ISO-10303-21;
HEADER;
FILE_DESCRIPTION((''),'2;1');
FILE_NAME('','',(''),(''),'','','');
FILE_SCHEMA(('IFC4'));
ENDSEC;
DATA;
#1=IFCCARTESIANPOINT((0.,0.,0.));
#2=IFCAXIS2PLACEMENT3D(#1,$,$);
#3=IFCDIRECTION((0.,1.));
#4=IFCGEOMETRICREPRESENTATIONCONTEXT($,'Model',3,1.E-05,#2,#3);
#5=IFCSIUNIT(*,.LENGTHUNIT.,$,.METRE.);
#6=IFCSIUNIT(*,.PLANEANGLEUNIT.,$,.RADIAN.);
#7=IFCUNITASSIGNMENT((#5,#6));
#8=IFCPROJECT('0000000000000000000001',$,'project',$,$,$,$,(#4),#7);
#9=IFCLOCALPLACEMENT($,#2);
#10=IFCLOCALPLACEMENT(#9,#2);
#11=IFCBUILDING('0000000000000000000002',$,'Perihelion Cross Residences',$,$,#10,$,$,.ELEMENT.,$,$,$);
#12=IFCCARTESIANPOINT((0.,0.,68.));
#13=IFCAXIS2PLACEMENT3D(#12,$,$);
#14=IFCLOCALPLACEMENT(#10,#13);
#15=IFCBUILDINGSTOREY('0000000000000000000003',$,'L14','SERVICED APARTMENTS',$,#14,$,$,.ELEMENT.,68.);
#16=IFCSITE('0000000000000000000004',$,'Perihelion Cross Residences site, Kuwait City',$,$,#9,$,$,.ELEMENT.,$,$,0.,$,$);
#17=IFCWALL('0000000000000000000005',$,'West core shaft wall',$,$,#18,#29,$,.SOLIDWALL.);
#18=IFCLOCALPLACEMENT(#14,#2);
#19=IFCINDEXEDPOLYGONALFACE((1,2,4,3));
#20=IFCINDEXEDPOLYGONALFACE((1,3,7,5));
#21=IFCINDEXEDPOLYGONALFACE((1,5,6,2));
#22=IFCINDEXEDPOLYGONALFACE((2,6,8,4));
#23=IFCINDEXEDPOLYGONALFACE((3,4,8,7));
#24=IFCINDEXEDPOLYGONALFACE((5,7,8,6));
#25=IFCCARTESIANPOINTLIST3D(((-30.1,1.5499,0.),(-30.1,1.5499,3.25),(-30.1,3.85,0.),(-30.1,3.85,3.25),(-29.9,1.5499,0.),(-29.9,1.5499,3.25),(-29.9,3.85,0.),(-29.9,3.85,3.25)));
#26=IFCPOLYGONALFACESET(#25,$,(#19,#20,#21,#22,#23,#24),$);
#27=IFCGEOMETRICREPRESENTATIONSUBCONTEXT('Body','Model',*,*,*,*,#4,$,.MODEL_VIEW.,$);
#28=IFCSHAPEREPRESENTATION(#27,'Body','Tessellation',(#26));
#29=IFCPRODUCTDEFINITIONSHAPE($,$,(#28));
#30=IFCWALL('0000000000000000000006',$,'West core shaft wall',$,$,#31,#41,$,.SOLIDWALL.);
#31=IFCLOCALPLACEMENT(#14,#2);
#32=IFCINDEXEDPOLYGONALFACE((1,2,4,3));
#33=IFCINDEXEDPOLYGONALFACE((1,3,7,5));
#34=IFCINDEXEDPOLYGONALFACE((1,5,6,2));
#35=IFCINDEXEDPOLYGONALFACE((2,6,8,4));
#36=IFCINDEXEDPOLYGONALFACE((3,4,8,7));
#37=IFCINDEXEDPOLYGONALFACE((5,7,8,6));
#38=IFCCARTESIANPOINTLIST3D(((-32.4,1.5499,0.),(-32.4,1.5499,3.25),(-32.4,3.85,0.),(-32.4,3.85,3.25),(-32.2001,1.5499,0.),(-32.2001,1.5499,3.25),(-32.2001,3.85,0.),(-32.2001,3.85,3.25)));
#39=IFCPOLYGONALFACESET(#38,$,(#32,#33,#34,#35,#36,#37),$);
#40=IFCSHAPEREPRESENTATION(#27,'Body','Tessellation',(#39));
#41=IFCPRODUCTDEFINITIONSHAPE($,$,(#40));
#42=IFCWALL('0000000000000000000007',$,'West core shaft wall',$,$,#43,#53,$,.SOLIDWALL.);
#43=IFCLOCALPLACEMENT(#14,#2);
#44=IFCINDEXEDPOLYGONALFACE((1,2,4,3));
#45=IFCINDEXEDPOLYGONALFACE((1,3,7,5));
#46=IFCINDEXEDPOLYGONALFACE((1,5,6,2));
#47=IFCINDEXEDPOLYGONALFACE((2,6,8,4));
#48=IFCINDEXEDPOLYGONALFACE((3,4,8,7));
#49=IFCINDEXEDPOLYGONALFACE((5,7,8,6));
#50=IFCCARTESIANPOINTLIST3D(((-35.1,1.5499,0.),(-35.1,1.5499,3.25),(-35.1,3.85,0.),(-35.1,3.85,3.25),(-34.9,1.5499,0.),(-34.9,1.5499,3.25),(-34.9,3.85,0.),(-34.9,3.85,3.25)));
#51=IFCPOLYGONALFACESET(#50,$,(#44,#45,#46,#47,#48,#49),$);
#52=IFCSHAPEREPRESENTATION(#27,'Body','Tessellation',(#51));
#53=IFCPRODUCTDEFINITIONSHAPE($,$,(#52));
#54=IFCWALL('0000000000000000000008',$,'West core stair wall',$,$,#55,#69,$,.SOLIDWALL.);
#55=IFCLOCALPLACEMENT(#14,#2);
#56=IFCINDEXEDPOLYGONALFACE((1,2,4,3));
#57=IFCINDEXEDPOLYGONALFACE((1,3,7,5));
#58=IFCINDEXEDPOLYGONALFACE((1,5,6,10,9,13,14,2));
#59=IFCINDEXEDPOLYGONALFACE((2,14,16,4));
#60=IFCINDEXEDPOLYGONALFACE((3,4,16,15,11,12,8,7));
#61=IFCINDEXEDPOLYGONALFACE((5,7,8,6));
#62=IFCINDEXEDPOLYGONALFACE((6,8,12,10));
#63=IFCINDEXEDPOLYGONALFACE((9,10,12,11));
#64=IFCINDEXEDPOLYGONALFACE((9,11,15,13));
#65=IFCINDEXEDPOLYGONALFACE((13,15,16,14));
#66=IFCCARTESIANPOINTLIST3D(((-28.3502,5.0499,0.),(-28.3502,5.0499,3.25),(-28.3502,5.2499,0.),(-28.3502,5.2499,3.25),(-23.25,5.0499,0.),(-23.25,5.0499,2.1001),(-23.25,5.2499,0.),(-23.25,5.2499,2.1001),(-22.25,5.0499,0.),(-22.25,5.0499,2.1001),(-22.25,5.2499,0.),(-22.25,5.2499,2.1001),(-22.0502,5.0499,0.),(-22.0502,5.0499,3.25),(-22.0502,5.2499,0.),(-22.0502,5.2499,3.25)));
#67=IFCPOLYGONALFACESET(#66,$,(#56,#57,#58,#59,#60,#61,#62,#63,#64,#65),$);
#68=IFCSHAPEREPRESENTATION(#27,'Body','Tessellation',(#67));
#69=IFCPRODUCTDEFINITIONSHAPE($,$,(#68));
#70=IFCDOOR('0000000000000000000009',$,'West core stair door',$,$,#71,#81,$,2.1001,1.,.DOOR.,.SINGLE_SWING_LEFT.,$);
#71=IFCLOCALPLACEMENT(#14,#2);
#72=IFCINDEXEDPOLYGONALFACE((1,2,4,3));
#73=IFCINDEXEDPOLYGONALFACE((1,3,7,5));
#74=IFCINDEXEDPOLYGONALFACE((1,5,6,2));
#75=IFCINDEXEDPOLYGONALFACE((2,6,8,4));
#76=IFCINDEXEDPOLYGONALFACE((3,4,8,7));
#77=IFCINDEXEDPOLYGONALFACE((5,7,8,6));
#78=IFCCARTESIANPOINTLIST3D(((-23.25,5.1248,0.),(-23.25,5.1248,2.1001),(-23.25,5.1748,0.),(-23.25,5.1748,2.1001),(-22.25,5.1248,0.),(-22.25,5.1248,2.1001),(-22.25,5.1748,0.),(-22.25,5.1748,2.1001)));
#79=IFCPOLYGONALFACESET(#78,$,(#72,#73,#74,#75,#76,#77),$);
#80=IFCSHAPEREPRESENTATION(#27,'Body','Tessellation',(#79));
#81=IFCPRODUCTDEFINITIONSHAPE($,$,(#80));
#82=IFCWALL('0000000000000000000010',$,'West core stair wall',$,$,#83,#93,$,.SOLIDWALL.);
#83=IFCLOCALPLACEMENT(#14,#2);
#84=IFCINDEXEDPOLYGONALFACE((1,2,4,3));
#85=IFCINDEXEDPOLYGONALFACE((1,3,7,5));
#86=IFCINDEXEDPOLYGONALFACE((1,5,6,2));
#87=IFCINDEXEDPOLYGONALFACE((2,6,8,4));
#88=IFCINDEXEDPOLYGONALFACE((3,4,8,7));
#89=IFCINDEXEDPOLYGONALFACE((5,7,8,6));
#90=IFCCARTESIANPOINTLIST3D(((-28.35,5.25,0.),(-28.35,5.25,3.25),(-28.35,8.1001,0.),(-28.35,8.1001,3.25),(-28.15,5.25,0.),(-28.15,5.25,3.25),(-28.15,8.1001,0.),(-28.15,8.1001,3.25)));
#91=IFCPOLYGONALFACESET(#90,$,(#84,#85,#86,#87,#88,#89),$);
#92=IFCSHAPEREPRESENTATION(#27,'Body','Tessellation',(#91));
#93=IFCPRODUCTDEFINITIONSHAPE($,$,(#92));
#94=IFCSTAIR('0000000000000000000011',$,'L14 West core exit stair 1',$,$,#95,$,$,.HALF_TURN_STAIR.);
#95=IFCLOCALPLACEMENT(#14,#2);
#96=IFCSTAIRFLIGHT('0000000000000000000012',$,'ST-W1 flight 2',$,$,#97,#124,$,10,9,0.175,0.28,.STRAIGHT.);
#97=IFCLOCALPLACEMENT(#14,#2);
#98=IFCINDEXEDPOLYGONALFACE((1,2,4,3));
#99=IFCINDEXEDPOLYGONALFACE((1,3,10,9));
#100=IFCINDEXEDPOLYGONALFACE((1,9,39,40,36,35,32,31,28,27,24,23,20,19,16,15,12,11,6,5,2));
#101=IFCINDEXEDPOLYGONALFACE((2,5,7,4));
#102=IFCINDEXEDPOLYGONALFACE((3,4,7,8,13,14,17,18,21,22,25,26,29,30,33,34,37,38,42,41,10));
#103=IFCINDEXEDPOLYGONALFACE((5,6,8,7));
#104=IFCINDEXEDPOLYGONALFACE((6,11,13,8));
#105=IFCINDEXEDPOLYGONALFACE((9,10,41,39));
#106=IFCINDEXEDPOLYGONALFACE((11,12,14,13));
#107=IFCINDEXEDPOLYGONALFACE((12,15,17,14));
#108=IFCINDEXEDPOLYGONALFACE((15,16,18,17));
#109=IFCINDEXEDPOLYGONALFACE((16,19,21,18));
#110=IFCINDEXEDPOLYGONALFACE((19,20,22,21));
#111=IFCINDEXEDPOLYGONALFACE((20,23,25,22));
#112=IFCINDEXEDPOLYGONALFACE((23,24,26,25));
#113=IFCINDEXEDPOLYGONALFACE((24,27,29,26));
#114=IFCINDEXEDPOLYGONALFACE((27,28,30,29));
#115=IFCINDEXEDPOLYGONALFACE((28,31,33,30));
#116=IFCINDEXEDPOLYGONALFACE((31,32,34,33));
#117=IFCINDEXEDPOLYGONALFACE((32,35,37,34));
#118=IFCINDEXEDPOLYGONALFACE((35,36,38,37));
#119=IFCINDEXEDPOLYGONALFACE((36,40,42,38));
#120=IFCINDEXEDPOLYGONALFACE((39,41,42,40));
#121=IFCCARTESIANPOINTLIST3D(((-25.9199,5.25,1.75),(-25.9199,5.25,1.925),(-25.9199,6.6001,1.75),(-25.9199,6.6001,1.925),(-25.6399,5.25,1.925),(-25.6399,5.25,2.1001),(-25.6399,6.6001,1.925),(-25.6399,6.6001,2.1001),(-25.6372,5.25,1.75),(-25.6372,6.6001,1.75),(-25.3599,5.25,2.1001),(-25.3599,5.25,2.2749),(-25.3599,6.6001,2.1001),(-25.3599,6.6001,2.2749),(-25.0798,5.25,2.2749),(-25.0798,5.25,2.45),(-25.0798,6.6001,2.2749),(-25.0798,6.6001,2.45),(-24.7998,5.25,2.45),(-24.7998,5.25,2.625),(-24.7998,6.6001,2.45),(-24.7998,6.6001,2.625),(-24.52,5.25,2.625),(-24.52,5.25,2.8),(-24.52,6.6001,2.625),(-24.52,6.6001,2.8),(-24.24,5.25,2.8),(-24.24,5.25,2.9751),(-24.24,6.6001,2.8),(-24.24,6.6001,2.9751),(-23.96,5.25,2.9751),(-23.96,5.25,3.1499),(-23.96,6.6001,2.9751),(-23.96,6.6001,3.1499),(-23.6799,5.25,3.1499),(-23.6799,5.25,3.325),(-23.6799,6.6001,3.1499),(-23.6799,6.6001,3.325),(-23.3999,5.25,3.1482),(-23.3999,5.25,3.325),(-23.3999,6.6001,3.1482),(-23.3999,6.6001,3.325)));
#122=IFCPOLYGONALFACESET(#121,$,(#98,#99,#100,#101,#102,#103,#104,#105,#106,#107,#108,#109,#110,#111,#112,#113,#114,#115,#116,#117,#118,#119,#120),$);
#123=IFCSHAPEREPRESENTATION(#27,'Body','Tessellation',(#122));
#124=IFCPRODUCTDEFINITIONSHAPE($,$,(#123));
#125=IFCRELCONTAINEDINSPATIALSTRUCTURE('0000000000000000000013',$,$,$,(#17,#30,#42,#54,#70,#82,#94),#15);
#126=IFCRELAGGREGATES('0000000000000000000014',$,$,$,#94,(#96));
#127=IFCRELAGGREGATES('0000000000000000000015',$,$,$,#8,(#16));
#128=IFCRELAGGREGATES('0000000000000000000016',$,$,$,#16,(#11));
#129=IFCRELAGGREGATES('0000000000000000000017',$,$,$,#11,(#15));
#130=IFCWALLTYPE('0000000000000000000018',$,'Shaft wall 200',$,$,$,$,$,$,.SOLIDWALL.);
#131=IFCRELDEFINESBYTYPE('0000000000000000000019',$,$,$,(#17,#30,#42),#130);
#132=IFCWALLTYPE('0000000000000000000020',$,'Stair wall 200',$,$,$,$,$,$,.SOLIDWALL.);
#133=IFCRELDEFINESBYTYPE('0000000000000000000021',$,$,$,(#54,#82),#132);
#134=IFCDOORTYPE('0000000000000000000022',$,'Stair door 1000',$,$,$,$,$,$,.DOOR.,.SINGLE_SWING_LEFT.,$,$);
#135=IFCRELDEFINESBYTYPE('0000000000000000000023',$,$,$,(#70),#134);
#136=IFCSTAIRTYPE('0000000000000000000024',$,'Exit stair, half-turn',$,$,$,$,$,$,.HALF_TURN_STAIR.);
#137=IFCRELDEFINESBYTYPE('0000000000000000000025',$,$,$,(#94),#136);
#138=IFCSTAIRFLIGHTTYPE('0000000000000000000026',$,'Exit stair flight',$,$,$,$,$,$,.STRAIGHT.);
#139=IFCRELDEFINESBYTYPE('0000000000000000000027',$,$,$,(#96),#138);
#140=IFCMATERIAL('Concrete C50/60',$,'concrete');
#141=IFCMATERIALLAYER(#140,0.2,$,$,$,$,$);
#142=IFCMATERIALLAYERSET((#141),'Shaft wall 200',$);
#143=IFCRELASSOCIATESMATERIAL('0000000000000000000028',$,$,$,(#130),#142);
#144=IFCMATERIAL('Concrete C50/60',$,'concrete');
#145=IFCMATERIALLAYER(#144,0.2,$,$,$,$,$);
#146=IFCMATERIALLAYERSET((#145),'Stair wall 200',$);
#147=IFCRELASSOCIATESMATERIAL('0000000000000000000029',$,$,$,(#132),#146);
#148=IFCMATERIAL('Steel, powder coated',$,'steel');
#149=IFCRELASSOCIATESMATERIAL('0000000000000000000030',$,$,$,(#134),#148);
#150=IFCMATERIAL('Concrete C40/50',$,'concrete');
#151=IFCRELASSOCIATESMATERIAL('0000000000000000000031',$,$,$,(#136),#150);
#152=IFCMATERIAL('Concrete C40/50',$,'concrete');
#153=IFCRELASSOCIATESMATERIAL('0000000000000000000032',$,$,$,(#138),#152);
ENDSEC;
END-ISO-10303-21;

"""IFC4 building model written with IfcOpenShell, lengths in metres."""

from ifc_helpers import new_model, si_unit, direction, frame, frame_2d, origin, place, context, subcontext, project, spatial, polyline, rectangle, outline, extrude, material, layer, layer_set, type_object, element, fill, aggregate, save


model = new_model("IFC4")

# Units and contexts
model_context = context("Model", 3, precision=1e-05, world=origin(), true_north=direction((0.0, 1.0)))
body_context = subcontext(model_context, "Body", "Model", "MODEL_VIEW")
ifc_project = project(units=[si_unit("LENGTHUNIT", "METRE"), si_unit("PLANEANGLEUNIT", "RADIAN")], contexts=[model_context])

# Site, building, storey
site_placement = place(None, origin())
site = spatial("IfcSite", under=ifc_project, at=site_placement, Name="Perihelion Cross Residences site, Kuwait City", CompositionType="ELEMENT", RefElevation=0.0)
building_placement = place(site_placement, origin())
building = spatial("IfcBuilding", under=site, at=building_placement, Name="Perihelion Cross Residences", CompositionType="ELEMENT")
storey_placement = place(building_placement, frame((0.0, 0.0, 68.0)))
storey = spatial("IfcBuildingStorey", under=building, at=storey_placement, Name="L14", Description="SERVICED APARTMENTS", CompositionType="ELEMENT", Elevation=68.0)

# Shared definitions
ifc_material_1 = material(Name="Concrete C50/60", Category="concrete")
ifc_layer_1 = layer(ifc_material_1, 0.2)
ifc_layer_set_1 = layer_set([ifc_layer_1], Name="Shaft wall 200")
wall_type_1 = type_object("IfcWallType", Name="Shaft wall 200", PredefinedType="SOLIDWALL", material=ifc_layer_set_1)

# Walls
for number, where, z_axis, x_axis, name in (
    (1, (-30.0, 1.55, 0.0), (0.0, 0.0, 1.0), (0.0, 1.0, 0.0), "West core shaft wall"),
    (2, (-32.3, 1.55, 0.0), (0.0, 0.0, 1.0), (0.0, 1.0, 0.0), "West core shaft wall"),
    (3, (-35.0, 1.55, 0.0), (0.0, 0.0, 1.0), (0.0, 1.0, 0.0), "West core shaft wall"),
):
    element("IfcWall", number, at=place(storey_placement, frame(where, z_axis=z_axis, x_axis=x_axis)), inside=storey, type_object=wall_type_1, Name=name, PredefinedType="SOLIDWALL", context=body_context, shape_type="SweptSolid", body=[
        extrude(rectangle(XDim=2.3, YDim=0.2, at=frame_2d((1.1499, 0.0))), origin(), (0.0, 0.0, 1.0), 3.25),
    ])

# Wall, opening, door
ifc_material_2 = material(Name="Concrete C50/60", Category="concrete")
ifc_layer_2 = layer(ifc_material_2, 0.2)
ifc_layer_set_2 = layer_set([ifc_layer_2], Name="Stair wall 200")
wall_type_2 = type_object("IfcWallType", Name="Stair wall 200", PredefinedType="SOLIDWALL", material=ifc_layer_set_2)
wall_1_placement = place(storey_placement, frame((-28.3501, 5.1499, 0.0), z_axis=(0.0, 0.0, 1.0), x_axis=(1.0, 0.0, 0.0)))
wall_1 = element("IfcWall", 4, at=wall_1_placement, inside=storey, type_object=wall_type_2, Name="West core stair wall", PredefinedType="SOLIDWALL", context=body_context, shape_type="SweptSolid", body=[
    extrude(rectangle(XDim=6.3, YDim=0.2, at=frame_2d((3.1499, 0.0))), origin(), (0.0, 0.0, 1.0), 3.25),
])
opening_1_placement = place(wall_1_placement, frame((5.1001, 0.0, 0.0)))
opening_1 = element("IfcOpeningElement", 5, at=opening_1_placement, cuts=wall_1, PredefinedType="OPENING", context=body_context, shape_type="SweptSolid", body=[
    extrude(rectangle(XDim=1.0, YDim=2.1001, at=frame_2d((0.5, 1.05))), frame((0.0, 0.1099, 0.0), z_axis=(0.0, -1.0, 0.0), x_axis=(1.0, 0.0, 0.0)), (0.0, 0.0, 1.0), 0.22),
])
ifc_material_3 = material(Name="Steel, powder coated", Category="steel")
door_type_1 = type_object("IfcDoorType", Name="Stair door 1000", OperationType="SINGLE_SWING_LEFT", PredefinedType="DOOR", material=ifc_material_3)
door_1_placement = place(opening_1_placement, origin())
door_1 = element("IfcDoor", 6, at=door_1_placement, inside=storey, type_object=door_type_1, Name="West core stair door", OperationType="SINGLE_SWING_LEFT", OverallHeight=2.1001, OverallWidth=1.0, PredefinedType="DOOR", context=body_context, shape_type="SweptSolid", body=[
    extrude(rectangle(XDim=1.0, YDim=2.1001, at=frame_2d((0.5, 1.05))), frame((0.0, 0.0249, 0.0), z_axis=(0.0, -1.0, 0.0), x_axis=(1.0, 0.0, 0.0)), (0.0, 0.0, 1.0), 0.05),
])
fill(opening_1, door_1)

# Wall
wall_2_placement = place(storey_placement, frame((-28.25, 5.25, 0.0), z_axis=(0.0, 0.0, 1.0), x_axis=(0.0, 1.0, 0.0)))
element("IfcWall", 7, at=wall_2_placement, inside=storey, type_object=wall_type_2, Name="West core stair wall", PredefinedType="SOLIDWALL", context=body_context, shape_type="SweptSolid", body=[
    extrude(rectangle(XDim=2.8501, YDim=0.2, at=frame_2d((1.425, 0.0))), origin(), (0.0, 0.0, 1.0), 3.25),
])

# Stair, stair flight
ifc_material_4 = material(Name="Concrete C40/50", Category="concrete")
stair_type = type_object("IfcStairType", Name="Exit stair, half-turn", PredefinedType="HALF_TURN_STAIR", material=ifc_material_4)
stair_placement = place(storey_placement, origin())
stair = element("IfcStair", 8, at=stair_placement, inside=storey, type_object=stair_type, Name="L14 West core exit stair 1", PredefinedType="HALF_TURN_STAIR")
ifc_material_5 = material(Name="Concrete C40/50", Category="concrete")
stair_flight_type = type_object("IfcStairFlightType", Name="Exit stair flight", PredefinedType="STRAIGHT", material=ifc_material_5)
stair_flight_placement = place(storey_placement, frame((-25.9199, 5.925, 1.75), z_axis=(0.0, 0.0, 1.0), x_axis=(1.0, 0.0, 0.0)))
stair_flight = element("IfcStairFlight", 9, at=stair_flight_placement, type_object=stair_flight_type, Name="ST-W1 flight 2", NumberOfRisers=10, NumberOfTreads=9, PredefinedType="STRAIGHT", RiserHeight=0.175, TreadLength=0.28, context=body_context, shape_type="SweptSolid", body=[
    extrude(outline(polyline([(0.0, 0.0), (0.0, 0.175), (0.28, 0.175), (0.28, 0.3501), (0.5601, 0.3501), (0.5601, 0.5249), (0.8401, 0.5249), (0.8401, 0.7), (1.1201, 0.7), (1.1201, 0.875), (1.3999, 0.875), (1.3999, 1.05), (1.6799, 1.05), (1.6799, 1.2251), (1.96, 1.2251), (1.96, 1.3999), (2.24, 1.3999), (2.24, 1.575), (2.52, 1.575), (2.52, 1.75), (2.52, 1.3982), (0.2827, 0.0), (0.0, 0.0)])), frame((0.0, 0.675, 0.0), z_axis=(0.0, -1.0, 0.0), x_axis=(1.0, 0.0, 0.0)), (0.0, 0.0, 1.0), 1.3501),
])
aggregate(stair, [stair_flight])

save(model, "model.ifc")
